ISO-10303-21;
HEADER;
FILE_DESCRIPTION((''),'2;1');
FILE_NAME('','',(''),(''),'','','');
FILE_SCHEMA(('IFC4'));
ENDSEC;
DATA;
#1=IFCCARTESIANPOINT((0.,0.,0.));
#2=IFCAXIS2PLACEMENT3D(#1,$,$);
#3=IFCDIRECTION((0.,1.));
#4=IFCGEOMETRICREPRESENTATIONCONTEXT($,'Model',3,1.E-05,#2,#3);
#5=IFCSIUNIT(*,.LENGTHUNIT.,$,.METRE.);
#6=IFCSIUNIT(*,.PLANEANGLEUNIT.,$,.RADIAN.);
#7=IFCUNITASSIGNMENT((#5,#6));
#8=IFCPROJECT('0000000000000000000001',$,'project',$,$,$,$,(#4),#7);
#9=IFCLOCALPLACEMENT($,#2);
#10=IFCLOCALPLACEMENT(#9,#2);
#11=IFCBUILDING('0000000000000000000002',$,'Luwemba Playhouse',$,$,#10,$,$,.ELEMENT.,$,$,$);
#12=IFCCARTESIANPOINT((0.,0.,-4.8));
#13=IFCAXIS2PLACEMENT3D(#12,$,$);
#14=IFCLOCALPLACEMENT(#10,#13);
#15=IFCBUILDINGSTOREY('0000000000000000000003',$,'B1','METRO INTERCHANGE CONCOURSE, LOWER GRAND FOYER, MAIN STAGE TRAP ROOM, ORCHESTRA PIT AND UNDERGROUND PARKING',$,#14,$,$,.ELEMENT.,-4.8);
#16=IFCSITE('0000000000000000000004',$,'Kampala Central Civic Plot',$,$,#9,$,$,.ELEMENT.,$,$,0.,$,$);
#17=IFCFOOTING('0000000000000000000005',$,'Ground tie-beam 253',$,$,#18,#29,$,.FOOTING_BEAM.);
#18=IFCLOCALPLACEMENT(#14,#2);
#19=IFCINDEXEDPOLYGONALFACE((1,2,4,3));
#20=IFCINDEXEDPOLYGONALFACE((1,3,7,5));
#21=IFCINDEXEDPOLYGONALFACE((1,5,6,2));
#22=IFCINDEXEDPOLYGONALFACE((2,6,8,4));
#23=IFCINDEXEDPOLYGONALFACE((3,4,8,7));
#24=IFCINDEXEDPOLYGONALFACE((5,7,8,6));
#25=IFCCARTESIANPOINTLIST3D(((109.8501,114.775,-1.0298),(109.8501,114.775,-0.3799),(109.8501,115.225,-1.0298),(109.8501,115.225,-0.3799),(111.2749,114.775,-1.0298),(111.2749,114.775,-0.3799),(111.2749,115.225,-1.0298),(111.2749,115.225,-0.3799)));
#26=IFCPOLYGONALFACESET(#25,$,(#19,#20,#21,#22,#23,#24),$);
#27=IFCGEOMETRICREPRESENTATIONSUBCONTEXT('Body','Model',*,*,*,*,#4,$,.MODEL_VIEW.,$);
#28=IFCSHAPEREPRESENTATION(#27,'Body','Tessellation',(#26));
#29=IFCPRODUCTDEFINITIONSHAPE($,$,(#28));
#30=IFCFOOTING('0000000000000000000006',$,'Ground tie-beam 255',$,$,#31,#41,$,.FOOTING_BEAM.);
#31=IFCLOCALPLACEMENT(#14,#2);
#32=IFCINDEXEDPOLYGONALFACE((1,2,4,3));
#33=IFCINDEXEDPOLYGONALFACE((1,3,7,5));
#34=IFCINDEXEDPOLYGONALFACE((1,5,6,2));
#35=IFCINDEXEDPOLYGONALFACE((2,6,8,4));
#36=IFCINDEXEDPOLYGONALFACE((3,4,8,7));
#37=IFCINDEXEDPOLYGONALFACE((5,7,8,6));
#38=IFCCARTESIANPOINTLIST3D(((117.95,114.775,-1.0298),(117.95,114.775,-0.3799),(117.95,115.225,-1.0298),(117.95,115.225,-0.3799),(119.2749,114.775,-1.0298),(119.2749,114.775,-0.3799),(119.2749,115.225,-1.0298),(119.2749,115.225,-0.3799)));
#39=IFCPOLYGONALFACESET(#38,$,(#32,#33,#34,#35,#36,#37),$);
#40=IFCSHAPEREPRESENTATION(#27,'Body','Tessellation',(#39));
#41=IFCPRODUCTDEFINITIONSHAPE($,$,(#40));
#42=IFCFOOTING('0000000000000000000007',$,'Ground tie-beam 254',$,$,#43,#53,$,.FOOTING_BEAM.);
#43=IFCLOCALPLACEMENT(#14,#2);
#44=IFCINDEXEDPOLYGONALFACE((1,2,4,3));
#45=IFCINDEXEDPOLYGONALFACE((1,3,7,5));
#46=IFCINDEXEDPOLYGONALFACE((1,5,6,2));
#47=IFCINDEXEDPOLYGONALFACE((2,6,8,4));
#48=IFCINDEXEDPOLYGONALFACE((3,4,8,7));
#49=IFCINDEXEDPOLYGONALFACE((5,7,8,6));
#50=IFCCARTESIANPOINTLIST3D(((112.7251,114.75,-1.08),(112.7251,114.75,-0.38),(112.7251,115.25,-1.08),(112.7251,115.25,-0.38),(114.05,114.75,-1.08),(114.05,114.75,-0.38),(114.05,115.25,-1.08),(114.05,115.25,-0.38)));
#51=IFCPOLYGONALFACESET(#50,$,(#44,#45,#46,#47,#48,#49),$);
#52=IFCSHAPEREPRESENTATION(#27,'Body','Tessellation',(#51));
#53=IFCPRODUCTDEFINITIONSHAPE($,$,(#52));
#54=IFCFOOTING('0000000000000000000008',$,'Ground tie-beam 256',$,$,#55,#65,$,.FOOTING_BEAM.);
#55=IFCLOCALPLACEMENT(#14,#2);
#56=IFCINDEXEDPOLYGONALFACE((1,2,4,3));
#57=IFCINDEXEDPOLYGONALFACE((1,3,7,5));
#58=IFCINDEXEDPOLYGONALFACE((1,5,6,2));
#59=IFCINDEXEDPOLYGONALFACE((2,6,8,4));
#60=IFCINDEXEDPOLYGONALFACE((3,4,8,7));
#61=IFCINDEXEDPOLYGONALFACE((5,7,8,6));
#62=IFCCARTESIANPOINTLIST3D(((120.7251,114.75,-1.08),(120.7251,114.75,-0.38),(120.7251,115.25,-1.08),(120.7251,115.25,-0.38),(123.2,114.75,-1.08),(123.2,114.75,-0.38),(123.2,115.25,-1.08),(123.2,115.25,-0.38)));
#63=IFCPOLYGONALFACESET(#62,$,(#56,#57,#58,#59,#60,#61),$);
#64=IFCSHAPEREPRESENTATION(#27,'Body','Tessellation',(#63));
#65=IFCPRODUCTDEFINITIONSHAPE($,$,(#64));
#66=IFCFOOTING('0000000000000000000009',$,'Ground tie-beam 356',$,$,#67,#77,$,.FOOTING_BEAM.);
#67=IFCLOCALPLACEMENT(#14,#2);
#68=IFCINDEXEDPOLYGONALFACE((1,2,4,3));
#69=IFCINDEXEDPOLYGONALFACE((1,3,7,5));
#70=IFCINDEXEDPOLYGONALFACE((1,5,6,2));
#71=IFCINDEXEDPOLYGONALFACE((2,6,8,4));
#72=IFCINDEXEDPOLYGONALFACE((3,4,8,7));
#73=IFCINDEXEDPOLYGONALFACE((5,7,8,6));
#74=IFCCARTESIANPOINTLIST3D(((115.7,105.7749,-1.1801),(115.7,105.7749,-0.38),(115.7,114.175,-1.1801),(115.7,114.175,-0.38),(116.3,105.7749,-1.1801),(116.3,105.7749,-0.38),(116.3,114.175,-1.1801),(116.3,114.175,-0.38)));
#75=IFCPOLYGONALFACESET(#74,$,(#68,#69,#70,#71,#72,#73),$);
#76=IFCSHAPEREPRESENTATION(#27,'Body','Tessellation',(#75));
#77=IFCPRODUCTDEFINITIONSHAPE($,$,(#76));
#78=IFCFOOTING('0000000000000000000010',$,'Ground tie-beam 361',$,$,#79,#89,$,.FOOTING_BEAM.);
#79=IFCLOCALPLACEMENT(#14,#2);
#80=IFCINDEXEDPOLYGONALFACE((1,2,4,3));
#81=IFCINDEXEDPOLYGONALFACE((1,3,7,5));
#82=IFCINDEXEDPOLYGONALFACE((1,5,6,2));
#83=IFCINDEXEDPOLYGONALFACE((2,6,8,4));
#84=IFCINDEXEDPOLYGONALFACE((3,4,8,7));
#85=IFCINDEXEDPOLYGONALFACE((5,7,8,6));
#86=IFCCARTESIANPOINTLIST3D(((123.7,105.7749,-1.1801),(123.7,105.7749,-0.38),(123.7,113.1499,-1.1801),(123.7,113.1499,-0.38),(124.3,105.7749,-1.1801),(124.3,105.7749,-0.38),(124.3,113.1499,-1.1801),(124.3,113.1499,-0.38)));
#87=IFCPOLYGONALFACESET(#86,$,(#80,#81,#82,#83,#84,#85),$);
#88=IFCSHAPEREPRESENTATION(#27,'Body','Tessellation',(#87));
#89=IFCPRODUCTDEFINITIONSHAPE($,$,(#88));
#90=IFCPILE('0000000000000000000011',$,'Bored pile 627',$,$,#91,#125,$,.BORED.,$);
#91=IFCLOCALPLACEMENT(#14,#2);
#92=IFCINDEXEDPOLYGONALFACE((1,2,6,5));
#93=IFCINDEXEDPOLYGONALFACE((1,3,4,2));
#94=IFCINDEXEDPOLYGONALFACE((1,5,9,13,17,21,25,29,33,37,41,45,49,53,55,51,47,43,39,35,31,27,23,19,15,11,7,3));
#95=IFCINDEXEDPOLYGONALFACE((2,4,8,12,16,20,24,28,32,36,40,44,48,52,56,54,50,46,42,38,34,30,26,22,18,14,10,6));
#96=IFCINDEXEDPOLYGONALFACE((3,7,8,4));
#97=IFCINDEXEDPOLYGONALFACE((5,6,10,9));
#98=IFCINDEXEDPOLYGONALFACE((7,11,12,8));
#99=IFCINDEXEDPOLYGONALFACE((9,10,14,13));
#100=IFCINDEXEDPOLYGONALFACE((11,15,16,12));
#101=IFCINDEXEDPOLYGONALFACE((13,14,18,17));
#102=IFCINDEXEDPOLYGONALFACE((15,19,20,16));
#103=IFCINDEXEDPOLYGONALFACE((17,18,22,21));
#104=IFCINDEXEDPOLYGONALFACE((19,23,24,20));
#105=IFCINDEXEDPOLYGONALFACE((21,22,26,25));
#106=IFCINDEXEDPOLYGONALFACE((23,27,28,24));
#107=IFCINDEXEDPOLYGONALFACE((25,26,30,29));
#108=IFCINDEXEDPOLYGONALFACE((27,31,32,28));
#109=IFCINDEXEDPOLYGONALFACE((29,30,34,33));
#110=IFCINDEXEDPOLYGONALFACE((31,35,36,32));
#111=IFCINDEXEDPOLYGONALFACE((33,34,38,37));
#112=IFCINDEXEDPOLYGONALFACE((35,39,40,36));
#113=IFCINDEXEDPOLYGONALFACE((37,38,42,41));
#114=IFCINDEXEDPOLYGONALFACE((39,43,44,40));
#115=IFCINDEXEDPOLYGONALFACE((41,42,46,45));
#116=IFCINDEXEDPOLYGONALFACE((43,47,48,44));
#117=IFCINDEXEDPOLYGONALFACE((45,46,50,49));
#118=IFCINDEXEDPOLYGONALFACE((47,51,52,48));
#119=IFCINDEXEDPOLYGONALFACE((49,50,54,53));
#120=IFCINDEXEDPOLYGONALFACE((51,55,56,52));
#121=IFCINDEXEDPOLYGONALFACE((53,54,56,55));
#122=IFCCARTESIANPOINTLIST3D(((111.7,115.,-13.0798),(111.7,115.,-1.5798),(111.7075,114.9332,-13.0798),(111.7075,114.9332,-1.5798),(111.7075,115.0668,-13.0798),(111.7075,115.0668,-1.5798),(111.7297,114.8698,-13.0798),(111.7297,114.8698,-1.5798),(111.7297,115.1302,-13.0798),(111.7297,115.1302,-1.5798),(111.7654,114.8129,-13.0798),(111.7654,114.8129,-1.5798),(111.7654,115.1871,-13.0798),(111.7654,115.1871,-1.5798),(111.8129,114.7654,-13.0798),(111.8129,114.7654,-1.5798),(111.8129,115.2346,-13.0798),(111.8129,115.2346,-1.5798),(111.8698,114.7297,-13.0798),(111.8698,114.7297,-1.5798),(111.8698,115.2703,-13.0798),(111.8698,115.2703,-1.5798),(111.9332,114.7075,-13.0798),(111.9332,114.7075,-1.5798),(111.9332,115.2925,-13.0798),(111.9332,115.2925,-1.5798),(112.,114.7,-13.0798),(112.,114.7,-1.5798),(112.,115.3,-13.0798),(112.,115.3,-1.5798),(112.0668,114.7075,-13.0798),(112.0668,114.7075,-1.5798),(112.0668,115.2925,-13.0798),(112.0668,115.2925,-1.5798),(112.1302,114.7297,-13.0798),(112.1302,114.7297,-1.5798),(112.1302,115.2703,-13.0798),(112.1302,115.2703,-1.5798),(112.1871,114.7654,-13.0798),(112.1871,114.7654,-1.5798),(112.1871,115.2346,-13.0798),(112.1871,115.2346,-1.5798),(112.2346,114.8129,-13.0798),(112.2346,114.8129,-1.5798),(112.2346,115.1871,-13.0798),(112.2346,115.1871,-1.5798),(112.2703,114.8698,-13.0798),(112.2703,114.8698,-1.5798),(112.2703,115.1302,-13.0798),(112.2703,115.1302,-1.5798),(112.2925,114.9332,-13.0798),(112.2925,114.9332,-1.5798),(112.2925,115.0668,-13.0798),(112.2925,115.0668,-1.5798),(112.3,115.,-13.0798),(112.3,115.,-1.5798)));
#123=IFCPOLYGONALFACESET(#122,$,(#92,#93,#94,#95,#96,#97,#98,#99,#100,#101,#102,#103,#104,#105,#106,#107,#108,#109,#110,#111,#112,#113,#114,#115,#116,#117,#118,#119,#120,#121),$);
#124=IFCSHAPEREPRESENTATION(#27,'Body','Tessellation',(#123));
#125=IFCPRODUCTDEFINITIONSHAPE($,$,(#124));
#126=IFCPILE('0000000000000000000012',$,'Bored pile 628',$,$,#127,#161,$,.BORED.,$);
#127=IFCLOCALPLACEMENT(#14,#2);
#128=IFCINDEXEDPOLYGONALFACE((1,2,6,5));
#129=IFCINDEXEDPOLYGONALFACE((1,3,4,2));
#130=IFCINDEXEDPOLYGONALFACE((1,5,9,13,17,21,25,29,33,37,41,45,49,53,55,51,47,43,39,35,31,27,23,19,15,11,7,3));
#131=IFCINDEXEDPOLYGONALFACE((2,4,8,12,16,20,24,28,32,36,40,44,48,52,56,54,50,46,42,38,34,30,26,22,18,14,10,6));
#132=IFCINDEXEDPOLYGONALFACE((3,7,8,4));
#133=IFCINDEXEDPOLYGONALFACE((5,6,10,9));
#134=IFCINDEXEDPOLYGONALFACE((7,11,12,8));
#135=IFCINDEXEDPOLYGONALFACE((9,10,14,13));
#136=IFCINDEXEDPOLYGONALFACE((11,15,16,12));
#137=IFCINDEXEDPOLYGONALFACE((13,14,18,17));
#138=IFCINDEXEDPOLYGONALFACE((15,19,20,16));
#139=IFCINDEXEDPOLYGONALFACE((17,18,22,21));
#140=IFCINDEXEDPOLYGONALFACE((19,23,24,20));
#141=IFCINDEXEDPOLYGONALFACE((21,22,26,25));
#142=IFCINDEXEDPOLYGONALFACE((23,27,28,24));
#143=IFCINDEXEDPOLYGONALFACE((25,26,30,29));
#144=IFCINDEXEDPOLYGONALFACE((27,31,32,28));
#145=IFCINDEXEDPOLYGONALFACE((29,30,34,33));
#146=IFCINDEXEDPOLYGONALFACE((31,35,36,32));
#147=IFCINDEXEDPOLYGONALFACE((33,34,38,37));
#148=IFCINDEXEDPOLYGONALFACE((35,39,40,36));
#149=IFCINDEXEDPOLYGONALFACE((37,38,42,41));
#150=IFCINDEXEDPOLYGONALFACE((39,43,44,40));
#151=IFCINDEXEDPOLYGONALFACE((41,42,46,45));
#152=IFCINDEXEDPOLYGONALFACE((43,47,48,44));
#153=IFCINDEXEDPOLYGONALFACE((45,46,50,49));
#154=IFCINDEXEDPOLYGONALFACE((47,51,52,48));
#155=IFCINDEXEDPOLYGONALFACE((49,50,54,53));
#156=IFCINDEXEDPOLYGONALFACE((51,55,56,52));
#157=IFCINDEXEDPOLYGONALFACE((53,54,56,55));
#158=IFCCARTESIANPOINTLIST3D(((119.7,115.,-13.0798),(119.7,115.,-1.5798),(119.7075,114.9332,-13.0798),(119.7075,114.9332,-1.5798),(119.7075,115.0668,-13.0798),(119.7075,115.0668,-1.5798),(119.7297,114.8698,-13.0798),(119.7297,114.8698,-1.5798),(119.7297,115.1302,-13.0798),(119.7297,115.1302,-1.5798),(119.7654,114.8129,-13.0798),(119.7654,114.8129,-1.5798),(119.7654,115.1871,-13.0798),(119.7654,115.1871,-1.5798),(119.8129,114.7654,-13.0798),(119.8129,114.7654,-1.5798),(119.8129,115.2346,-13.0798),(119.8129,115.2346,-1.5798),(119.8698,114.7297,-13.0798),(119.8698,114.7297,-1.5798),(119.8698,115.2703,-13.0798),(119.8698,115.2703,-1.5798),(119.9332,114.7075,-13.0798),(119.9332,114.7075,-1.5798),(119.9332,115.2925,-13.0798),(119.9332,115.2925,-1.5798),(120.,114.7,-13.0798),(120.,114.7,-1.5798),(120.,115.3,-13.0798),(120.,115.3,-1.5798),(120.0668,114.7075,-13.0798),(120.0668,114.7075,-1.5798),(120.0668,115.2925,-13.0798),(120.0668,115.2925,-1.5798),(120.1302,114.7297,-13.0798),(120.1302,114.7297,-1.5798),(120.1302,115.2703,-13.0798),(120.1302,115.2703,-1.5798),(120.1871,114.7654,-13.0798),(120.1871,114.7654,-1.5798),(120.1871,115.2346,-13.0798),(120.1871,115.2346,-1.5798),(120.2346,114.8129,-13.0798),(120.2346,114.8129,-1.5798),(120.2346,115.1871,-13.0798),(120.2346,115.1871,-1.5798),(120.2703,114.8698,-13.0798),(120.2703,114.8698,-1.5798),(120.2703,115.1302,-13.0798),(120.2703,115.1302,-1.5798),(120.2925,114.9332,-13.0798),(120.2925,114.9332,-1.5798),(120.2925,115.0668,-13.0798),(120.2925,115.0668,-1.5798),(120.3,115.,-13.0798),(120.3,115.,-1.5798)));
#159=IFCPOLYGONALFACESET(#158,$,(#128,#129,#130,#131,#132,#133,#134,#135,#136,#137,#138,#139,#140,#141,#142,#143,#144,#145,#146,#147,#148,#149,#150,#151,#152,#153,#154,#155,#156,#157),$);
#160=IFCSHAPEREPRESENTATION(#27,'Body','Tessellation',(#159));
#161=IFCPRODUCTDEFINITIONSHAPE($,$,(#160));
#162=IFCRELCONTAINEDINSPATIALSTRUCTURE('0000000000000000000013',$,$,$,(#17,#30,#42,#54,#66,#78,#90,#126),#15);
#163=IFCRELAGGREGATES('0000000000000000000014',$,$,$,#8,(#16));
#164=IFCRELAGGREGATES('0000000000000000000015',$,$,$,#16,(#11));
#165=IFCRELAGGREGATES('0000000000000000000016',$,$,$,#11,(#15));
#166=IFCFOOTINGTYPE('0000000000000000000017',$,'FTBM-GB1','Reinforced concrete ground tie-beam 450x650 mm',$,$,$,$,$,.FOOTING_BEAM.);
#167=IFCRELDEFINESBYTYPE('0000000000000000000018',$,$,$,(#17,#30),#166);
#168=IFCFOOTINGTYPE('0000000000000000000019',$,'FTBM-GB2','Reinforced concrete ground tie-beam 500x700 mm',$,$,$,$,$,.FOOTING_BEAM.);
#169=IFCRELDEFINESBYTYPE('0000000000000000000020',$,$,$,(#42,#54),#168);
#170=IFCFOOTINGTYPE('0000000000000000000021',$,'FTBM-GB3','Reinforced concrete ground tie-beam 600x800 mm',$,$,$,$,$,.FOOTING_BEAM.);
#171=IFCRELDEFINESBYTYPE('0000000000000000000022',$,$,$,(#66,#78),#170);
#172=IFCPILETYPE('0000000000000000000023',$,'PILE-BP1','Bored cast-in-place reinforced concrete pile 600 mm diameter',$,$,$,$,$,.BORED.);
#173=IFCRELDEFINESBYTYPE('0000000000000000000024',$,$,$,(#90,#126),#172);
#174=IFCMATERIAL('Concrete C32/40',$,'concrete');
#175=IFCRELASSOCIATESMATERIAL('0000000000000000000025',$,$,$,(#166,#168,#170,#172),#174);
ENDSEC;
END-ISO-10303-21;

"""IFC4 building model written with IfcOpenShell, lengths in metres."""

from ifc_helpers import new_model, si_unit, direction, frame, origin, origin_2d, place, context, subcontext, project, spatial, rectangle, circle, extrude, material, material_profile, profile_set, type_object, element, save


model = new_model("IFC4")

# Units and contexts
model_context = context("Model", 3, precision=1e-05, world=origin(), true_north=direction((0.0, 1.0)))
body_context = subcontext(model_context, "Body", "Model", "MODEL_VIEW")
ifc_project = project(units=[si_unit("LENGTHUNIT", "METRE"), si_unit("PLANEANGLEUNIT", "RADIAN")], contexts=[model_context])

# Site, building, storey
site_placement = place(None, origin())
site = spatial("IfcSite", under=ifc_project, at=site_placement, Name="Kampala Central Civic Plot", CompositionType="ELEMENT", RefElevation=0.0)
building_placement = place(site_placement, origin())
building = spatial("IfcBuilding", under=site, at=building_placement, Name="Luwemba Playhouse", CompositionType="ELEMENT")
storey_placement = place(building_placement, frame((0.0, 0.0, -4.8)))
storey = spatial("IfcBuildingStorey", under=building, at=storey_placement, Name="B1", Description="METRO INTERCHANGE CONCOURSE, LOWER GRAND FOYER, MAIN STAGE TRAP ROOM, ORCHESTRA PIT AND UNDERGROUND PARKING", CompositionType="ELEMENT", Elevation=-4.8)

# Footings
ifc_material_1 = material(Name="Concrete C32/40", Category="concrete")
ifc_material_profile_1 = material_profile(ifc_material_1, rectangle(XDim=0.45, YDim=0.6499, at=origin_2d()))
ifc_profile_set_1 = profile_set([ifc_material_profile_1], Name="Concrete C32/40")
footing_type_1 = type_object("IfcFootingType", Name="FTBM-GB1", Description="Reinforced concrete ground tie-beam 450x650 mm", PredefinedType="FOOTING_BEAM", material=ifc_profile_set_1)
footing_1_placement = place(storey_placement, frame((109.8501, 115.0, -0.7048), z_axis=(1.0, 0.0, 0.0), x_axis=(0.0, 1.0, 0.0)))
element("IfcFooting", 1, at=footing_1_placement, inside=storey, type_object=footing_type_1, Name="Ground tie-beam 253", PredefinedType="FOOTING_BEAM", context=body_context, shape_type="SweptSolid", body=[
    extrude(rectangle(XDim=0.45, YDim=0.6499, at=origin_2d()), origin(), (0.0, 0.0, 1.0), 1.4248),
])
footing_2_placement = place(storey_placement, frame((117.95, 115.0, -0.7048), z_axis=(1.0, 0.0, 0.0), x_axis=(0.0, 1.0, 0.0)))
element("IfcFooting", 2, at=footing_2_placement, inside=storey, type_object=footing_type_1, Name="Ground tie-beam 255", PredefinedType="FOOTING_BEAM", context=body_context, shape_type="SweptSolid", body=[
    extrude(rectangle(XDim=0.45, YDim=0.6499, at=origin_2d()), origin(), (0.0, 0.0, 1.0), 1.325),
])
ifc_material_profile_2 = material_profile(ifc_material_1, rectangle(XDim=0.5, YDim=0.7, at=origin_2d()))
ifc_profile_set_2 = profile_set([ifc_material_profile_2], Name="Concrete C32/40")
footing_type_2 = type_object("IfcFootingType", Name="FTBM-GB2", Description="Reinforced concrete ground tie-beam 500x700 mm", PredefinedType="FOOTING_BEAM", material=ifc_profile_set_2)
footing_3_placement = place(storey_placement, frame((112.7251, 115.0, -0.73), z_axis=(1.0, 0.0, 0.0), x_axis=(0.0, 1.0, 0.0)))
element("IfcFooting", 3, at=footing_3_placement, inside=storey, type_object=footing_type_2, Name="Ground tie-beam 254", PredefinedType="FOOTING_BEAM", context=body_context, shape_type="SweptSolid", body=[
    extrude(rectangle(XDim=0.5, YDim=0.7, at=origin_2d()), origin(), (0.0, 0.0, 1.0), 1.325),
])
footing_4_placement = place(storey_placement, frame((120.7251, 115.0, -0.73), z_axis=(1.0, 0.0, 0.0), x_axis=(0.0, 1.0, 0.0)))
element("IfcFooting", 4, at=footing_4_placement, inside=storey, type_object=footing_type_2, Name="Ground tie-beam 256", PredefinedType="FOOTING_BEAM", context=body_context, shape_type="SweptSolid", body=[
    extrude(rectangle(XDim=0.5, YDim=0.7, at=origin_2d()), origin(), (0.0, 0.0, 1.0), 2.4749),
])
ifc_material_profile_3 = material_profile(ifc_material_1, rectangle(XDim=0.6001, YDim=0.8, at=origin_2d()))
ifc_profile_set_3 = profile_set([ifc_material_profile_3], Name="Concrete C32/40")
footing_type_3 = type_object("IfcFootingType", Name="FTBM-GB3", Description="Reinforced concrete ground tie-beam 600x800 mm", PredefinedType="FOOTING_BEAM", material=ifc_profile_set_3)
footing_5_placement = place(storey_placement, frame((116.0, 105.7749, -0.78), z_axis=(0.0, 1.0, 0.0), x_axis=(-1.0, 0.0, 0.0)))
element("IfcFooting", 5, at=footing_5_placement, inside=storey, type_object=footing_type_3, Name="Ground tie-beam 356", PredefinedType="FOOTING_BEAM", context=body_context, shape_type="SweptSolid", body=[
    extrude(rectangle(XDim=0.6001, YDim=0.8, at=origin_2d()), origin(), (0.0, 0.0, 1.0), 8.4001),
])
footing_6_placement = place(storey_placement, frame((124.0, 105.7749, -0.78), z_axis=(0.0, 1.0, 0.0), x_axis=(-1.0, 0.0, 0.0)))
element("IfcFooting", 6, at=footing_6_placement, inside=storey, type_object=footing_type_3, Name="Ground tie-beam 361", PredefinedType="FOOTING_BEAM", context=body_context, shape_type="SweptSolid", body=[
    extrude(rectangle(XDim=0.6001, YDim=0.8, at=origin_2d()), origin(), (0.0, 0.0, 1.0), 7.375),
])

# Piles
ifc_material_profile_4 = material_profile(ifc_material_1, circle(Radius=0.3, at=origin_2d()))
ifc_profile_set_4 = profile_set([ifc_material_profile_4], Name="Concrete C32/40")
pile_type_1 = type_object("IfcPileType", Name="PILE-BP1", Description="Bored cast-in-place reinforced concrete pile 600 mm diameter", PredefinedType="BORED", material=ifc_profile_set_4)
for number, where, z_axis, x_axis, name in (
    (7, (112.0, 115.0, -1.5798), (0.0, 0.0, -1.0), (1.0, 0.0, 0.0), "Bored pile 627"),
    (8, (120.0, 115.0, -1.5798), (0.0, 0.0, -1.0), (1.0, 0.0, 0.0), "Bored pile 628"),
):
    element("IfcPile", number, at=place(storey_placement, frame(where, z_axis=z_axis, x_axis=x_axis)), inside=storey, type_object=pile_type_1, Name=name, PredefinedType="BORED", context=body_context, shape_type="SweptSolid", body=[
        extrude(circle(Radius=0.3, at=origin_2d()), origin(), (0.0, 0.0, 1.0), 11.5),
    ])

save(model, "model.ifc")
